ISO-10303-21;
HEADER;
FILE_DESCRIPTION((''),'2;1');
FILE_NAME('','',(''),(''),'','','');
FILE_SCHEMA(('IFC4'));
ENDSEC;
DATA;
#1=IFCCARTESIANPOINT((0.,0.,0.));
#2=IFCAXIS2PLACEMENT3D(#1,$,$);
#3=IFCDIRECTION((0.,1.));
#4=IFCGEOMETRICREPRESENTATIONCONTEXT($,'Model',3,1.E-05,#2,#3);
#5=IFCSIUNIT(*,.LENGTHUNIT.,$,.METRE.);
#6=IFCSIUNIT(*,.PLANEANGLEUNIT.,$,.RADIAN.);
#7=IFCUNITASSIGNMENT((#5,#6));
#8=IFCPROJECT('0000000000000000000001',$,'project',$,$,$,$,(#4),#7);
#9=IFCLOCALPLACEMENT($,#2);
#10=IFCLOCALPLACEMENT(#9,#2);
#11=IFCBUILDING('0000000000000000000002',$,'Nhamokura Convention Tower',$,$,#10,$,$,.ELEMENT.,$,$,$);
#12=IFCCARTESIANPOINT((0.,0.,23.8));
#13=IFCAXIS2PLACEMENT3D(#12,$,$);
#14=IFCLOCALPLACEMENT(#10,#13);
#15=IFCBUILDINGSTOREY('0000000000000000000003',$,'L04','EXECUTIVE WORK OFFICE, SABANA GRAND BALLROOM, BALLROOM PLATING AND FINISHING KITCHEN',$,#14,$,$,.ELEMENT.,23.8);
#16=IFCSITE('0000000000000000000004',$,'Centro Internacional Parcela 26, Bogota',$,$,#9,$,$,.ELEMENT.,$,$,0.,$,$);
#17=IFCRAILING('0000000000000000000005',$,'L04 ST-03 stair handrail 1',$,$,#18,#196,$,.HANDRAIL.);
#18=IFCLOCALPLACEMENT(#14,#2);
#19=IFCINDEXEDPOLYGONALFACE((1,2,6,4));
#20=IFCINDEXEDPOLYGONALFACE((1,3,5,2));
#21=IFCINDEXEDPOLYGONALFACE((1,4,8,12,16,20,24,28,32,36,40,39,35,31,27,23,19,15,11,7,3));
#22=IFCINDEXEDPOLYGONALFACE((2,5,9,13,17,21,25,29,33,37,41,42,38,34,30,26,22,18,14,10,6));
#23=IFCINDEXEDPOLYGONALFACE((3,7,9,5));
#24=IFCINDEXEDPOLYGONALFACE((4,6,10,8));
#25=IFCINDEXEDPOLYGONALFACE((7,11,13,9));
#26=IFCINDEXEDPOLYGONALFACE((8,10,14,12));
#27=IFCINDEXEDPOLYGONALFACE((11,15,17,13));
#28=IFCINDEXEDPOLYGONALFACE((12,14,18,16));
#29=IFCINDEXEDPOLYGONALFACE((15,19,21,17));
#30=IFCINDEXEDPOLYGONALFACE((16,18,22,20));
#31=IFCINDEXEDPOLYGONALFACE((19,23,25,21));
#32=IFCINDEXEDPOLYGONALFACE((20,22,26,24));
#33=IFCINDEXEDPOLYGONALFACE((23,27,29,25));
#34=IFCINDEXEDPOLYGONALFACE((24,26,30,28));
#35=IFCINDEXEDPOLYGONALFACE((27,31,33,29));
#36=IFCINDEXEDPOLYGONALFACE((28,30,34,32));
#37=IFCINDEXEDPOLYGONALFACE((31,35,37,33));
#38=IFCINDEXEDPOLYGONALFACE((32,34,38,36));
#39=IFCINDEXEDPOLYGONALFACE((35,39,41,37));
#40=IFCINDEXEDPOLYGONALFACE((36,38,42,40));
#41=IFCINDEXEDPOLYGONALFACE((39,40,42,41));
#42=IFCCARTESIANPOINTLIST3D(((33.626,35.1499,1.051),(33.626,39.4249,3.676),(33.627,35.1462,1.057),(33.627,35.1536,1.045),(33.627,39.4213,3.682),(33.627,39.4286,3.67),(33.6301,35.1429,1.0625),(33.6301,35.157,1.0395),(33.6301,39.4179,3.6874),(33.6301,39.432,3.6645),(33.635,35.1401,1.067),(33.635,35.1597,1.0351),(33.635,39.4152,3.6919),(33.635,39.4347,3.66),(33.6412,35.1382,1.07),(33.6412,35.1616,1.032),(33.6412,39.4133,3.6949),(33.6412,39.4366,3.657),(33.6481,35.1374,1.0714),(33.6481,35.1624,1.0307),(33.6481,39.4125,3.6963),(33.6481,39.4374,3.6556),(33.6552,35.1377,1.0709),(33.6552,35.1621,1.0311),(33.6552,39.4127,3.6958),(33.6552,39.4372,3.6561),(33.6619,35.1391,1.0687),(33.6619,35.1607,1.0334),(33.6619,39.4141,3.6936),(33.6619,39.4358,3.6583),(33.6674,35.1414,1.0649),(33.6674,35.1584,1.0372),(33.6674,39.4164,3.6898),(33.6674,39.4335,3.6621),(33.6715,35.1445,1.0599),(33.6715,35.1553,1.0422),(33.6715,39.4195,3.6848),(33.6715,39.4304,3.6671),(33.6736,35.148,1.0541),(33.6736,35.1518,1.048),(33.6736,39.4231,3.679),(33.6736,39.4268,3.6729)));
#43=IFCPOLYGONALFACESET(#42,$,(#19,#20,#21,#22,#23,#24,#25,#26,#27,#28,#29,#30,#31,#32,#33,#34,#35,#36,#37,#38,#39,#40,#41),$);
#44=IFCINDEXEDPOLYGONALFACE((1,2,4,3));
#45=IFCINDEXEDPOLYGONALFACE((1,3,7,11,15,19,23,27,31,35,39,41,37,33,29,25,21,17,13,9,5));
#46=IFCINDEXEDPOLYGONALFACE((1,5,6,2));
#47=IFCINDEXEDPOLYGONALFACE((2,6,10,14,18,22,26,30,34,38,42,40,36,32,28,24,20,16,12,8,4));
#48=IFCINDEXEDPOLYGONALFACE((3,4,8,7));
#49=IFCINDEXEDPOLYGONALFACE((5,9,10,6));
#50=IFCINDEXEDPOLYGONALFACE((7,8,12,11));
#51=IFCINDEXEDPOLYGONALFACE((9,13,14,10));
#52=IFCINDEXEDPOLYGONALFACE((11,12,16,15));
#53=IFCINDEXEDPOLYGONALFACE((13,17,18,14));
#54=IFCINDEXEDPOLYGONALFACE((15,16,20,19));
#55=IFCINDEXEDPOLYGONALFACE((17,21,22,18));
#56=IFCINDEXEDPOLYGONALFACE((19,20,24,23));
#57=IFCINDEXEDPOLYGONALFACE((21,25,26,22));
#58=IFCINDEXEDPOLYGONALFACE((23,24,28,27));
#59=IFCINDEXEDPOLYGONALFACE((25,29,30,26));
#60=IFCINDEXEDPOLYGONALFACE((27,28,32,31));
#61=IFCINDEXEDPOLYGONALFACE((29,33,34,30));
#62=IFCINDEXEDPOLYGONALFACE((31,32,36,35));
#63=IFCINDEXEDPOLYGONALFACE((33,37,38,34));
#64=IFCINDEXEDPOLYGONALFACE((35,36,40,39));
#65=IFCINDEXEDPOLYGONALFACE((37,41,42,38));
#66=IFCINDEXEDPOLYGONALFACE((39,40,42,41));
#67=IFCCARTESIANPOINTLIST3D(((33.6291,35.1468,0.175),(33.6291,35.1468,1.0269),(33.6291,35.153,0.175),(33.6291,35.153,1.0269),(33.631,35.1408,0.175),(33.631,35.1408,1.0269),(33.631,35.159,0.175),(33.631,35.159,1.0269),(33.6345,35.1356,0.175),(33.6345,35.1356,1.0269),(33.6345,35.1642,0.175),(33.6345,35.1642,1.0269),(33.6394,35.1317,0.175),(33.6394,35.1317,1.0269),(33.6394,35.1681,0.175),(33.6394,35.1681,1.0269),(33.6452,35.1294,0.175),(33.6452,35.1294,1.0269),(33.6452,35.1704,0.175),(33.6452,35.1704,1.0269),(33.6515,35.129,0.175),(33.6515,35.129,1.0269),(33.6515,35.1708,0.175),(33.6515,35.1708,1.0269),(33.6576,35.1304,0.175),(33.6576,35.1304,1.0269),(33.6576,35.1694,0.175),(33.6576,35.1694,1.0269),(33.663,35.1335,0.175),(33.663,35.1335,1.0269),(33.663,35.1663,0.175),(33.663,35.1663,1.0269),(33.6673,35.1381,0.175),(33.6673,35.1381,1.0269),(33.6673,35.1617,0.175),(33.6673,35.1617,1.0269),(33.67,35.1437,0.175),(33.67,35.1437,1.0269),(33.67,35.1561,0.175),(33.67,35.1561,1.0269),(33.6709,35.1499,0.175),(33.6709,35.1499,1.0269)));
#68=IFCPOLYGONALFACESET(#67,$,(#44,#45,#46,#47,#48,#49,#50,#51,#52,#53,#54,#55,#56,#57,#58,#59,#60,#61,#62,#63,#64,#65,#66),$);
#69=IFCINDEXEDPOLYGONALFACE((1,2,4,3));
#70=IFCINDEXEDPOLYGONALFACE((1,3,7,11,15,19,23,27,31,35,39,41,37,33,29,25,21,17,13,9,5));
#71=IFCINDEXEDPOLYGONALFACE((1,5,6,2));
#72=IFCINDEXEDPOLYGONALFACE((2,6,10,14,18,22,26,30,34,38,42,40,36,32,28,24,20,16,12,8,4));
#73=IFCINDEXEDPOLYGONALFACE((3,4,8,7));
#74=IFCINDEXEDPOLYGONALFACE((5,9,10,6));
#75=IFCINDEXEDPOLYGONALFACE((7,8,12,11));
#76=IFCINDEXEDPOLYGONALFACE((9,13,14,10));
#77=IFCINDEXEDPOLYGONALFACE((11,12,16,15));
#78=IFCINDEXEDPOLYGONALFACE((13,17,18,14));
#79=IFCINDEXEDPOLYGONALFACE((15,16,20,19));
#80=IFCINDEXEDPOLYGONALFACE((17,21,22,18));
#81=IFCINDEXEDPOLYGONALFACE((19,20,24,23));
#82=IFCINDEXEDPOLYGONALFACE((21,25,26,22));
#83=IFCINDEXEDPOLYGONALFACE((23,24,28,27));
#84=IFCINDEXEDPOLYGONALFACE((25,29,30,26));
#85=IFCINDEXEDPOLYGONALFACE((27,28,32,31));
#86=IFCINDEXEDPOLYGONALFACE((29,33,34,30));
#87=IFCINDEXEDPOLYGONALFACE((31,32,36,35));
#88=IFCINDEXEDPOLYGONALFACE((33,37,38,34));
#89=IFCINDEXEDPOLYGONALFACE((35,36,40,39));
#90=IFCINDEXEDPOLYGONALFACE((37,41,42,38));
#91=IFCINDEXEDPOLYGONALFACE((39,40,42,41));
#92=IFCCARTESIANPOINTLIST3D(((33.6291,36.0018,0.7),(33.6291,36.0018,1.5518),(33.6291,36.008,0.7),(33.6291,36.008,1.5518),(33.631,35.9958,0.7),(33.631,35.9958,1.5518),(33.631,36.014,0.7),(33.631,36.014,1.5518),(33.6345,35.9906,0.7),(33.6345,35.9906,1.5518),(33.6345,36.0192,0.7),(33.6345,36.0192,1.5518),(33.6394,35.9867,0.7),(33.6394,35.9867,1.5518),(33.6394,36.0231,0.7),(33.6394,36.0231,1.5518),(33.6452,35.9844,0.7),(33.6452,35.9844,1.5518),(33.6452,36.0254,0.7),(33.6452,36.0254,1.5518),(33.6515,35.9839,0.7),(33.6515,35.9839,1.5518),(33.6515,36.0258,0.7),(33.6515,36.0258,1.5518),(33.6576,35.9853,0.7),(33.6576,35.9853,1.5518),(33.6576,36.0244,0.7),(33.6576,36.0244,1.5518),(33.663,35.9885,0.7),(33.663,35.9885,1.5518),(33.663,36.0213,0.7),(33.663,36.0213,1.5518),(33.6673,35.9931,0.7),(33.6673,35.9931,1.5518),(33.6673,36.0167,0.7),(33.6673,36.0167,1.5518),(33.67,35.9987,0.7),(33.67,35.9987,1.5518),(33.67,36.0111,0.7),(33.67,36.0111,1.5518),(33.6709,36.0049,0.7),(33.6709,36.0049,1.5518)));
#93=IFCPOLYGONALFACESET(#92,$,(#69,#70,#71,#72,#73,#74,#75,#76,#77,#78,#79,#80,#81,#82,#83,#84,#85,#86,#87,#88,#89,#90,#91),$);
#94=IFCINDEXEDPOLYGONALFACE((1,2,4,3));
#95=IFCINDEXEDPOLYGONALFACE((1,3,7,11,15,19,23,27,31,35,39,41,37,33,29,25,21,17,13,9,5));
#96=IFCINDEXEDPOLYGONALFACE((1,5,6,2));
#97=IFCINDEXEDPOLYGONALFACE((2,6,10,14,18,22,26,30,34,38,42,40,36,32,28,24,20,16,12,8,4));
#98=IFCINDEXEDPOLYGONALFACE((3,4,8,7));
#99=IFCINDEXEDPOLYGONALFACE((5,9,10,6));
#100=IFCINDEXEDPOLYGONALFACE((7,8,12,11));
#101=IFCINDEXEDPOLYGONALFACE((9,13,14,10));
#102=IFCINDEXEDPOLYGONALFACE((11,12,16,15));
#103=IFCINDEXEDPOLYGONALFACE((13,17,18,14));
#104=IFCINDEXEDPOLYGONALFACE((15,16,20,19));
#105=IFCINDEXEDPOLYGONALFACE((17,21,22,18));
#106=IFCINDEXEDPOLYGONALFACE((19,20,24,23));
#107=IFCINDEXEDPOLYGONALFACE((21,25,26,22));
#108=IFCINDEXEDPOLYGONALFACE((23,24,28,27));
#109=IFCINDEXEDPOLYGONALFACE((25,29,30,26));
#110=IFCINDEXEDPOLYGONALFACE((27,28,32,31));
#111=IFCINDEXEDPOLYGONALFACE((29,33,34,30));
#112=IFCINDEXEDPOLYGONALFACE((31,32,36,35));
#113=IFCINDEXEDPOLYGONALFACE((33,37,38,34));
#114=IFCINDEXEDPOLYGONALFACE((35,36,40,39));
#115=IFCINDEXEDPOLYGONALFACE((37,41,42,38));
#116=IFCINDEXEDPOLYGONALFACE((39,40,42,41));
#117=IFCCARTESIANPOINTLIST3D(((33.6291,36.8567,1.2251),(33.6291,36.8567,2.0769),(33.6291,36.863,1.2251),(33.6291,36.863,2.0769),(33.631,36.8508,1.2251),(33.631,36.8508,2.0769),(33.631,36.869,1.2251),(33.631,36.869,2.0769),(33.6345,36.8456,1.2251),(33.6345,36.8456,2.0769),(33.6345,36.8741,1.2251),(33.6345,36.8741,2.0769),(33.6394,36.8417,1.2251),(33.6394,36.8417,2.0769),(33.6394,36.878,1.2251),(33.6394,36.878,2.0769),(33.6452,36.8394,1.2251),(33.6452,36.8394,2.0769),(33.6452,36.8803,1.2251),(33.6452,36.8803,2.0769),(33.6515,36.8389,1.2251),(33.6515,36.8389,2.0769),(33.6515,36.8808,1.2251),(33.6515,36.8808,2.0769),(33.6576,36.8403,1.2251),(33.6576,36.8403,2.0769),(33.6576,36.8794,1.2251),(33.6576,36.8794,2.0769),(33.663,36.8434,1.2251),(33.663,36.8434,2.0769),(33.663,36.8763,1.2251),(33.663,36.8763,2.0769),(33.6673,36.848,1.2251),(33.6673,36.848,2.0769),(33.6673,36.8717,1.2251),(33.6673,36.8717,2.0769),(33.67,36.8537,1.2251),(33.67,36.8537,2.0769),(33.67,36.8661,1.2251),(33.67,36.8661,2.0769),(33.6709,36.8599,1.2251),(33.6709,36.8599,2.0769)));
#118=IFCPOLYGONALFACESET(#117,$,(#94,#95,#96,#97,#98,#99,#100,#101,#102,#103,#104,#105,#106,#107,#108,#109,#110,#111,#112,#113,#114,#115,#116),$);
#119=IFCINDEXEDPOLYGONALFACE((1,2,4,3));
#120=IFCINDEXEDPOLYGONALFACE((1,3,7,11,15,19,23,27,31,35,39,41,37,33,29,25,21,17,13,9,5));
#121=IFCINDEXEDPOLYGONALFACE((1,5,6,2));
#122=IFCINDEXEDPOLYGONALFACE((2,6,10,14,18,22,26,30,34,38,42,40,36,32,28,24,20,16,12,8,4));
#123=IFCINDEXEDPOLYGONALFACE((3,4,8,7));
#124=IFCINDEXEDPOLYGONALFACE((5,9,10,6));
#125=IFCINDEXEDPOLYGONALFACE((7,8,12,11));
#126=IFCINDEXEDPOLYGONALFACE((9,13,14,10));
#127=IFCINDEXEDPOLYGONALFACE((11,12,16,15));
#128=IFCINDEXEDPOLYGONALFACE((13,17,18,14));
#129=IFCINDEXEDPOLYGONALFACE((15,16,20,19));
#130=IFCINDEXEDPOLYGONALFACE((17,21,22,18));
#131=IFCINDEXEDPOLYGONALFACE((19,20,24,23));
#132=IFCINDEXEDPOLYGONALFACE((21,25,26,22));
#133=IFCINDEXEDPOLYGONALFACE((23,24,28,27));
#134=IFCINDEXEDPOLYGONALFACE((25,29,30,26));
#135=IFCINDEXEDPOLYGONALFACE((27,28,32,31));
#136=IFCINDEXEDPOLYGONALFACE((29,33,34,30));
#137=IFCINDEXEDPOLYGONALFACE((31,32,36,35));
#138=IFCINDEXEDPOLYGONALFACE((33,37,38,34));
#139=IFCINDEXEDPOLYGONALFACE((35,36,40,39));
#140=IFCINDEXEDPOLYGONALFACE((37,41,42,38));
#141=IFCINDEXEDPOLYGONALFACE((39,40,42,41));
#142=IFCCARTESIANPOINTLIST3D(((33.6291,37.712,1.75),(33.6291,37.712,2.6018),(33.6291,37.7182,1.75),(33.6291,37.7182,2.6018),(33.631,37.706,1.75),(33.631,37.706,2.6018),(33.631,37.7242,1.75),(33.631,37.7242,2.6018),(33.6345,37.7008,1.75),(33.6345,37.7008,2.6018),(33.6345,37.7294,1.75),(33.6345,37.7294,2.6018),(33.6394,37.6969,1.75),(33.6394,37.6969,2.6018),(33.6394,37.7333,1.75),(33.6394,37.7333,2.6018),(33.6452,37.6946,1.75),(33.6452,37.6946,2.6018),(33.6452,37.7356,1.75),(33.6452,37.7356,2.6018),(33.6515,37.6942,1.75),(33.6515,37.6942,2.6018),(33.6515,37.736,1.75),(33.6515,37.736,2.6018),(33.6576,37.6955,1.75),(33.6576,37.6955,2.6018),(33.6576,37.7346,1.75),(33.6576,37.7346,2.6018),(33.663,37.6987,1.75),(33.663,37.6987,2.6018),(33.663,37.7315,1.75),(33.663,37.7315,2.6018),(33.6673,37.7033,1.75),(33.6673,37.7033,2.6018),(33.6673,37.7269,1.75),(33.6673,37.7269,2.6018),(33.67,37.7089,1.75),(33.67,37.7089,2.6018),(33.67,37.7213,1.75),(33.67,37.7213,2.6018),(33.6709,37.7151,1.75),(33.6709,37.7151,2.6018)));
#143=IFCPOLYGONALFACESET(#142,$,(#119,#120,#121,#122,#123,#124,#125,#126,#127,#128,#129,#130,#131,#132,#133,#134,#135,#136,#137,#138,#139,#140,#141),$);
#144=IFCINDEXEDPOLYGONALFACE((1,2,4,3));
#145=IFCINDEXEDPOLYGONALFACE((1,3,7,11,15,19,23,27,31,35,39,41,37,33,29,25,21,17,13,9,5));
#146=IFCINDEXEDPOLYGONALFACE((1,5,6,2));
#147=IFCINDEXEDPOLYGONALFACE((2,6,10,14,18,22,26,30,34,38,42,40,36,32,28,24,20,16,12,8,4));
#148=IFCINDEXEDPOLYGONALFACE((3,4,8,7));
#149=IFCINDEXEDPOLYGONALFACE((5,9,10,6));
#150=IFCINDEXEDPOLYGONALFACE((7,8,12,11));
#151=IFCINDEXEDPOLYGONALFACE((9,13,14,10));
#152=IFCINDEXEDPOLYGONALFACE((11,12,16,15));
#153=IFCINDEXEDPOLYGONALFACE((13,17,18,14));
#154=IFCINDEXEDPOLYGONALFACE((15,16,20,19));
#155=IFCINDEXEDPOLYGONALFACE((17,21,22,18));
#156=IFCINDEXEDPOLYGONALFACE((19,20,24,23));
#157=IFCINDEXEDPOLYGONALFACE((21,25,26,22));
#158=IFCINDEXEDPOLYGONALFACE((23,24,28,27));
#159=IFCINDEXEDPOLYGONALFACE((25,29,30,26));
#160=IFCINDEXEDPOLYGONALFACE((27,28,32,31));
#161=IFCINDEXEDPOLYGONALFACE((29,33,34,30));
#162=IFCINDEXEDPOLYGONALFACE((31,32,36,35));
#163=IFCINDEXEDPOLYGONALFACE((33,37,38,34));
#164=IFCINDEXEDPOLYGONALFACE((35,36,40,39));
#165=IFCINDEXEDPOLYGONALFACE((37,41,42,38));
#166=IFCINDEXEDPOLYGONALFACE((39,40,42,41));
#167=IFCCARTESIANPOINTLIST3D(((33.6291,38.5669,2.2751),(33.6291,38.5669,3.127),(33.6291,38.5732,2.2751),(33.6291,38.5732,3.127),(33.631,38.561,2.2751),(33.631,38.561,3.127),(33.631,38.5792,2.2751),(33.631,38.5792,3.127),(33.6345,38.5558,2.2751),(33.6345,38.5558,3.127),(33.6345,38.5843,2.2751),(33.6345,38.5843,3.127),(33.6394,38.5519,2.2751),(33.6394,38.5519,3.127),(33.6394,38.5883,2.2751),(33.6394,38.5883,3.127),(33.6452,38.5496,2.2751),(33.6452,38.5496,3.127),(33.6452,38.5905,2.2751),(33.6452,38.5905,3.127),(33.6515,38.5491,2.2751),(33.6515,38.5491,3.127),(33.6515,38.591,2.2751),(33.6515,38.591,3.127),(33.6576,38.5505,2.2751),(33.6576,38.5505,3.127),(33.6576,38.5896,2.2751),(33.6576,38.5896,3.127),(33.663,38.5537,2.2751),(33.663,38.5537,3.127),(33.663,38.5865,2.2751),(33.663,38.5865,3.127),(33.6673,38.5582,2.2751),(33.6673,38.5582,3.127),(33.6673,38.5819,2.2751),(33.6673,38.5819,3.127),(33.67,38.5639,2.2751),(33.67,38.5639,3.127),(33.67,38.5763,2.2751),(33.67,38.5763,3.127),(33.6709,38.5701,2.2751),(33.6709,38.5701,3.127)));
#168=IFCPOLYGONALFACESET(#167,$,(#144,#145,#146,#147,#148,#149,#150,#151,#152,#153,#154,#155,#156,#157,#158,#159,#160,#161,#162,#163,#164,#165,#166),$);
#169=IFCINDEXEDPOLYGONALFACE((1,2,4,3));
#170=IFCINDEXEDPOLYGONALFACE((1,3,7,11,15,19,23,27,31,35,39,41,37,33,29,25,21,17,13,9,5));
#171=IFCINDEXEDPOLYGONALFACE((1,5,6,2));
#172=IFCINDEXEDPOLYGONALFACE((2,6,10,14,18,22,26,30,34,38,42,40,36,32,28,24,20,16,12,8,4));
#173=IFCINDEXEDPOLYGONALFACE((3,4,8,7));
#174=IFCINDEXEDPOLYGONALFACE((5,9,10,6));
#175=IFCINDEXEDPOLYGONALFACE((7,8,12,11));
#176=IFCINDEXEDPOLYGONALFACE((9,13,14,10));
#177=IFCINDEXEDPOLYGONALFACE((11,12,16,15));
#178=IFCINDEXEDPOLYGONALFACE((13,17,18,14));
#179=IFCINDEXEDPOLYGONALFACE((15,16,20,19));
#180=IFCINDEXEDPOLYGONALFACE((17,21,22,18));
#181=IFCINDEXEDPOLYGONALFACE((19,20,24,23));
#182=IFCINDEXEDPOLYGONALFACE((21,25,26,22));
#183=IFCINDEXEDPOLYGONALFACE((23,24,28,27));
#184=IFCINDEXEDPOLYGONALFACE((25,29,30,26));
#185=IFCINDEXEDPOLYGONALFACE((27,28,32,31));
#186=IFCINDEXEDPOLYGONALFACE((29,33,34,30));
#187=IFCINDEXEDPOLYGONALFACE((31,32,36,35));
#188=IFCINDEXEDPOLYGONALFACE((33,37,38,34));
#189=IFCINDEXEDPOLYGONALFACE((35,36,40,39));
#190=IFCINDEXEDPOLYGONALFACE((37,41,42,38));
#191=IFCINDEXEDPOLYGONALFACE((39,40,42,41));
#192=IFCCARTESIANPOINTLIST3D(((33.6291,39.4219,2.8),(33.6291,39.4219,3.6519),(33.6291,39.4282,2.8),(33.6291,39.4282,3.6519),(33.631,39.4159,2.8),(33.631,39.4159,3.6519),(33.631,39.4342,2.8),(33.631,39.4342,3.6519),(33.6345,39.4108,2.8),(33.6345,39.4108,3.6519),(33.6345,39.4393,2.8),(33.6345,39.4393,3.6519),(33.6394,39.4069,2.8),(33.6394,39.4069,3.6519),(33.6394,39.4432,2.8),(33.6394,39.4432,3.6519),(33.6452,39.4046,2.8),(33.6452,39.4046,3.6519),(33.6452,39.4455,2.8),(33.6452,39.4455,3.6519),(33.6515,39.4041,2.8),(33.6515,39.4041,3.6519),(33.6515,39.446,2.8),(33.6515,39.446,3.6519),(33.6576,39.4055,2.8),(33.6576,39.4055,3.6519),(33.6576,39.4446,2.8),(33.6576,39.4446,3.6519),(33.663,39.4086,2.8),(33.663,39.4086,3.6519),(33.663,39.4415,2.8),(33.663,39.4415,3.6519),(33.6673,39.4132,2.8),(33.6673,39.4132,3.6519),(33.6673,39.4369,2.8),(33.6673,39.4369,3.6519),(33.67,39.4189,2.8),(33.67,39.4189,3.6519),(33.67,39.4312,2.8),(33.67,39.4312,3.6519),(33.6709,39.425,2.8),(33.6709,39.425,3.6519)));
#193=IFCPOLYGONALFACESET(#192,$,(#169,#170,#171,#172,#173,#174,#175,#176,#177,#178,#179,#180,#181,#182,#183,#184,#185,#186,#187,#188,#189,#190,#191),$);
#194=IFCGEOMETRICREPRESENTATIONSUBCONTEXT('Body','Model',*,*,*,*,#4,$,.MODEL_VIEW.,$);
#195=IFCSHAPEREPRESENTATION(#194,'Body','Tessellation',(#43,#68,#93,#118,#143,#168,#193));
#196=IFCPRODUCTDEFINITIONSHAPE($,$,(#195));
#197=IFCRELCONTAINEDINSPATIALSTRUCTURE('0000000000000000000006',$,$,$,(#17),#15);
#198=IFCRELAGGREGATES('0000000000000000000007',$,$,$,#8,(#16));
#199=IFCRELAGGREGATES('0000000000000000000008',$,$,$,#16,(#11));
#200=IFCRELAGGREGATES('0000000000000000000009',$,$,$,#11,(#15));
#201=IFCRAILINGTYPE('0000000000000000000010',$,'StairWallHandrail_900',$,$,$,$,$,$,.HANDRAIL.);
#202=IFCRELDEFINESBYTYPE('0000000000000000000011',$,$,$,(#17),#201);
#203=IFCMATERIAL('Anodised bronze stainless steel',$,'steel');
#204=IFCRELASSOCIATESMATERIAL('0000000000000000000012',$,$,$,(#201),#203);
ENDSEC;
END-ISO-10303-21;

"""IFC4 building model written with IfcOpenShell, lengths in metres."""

from ifc_helpers import new_model, si_unit, direction, frame, origin, origin_2d, place, context, subcontext, project, spatial, circle, extrude, material, type_object, element, save


model = new_model("IFC4")

# Units and contexts
model_context = context("Model", 3, precision=1e-05, world=origin(), true_north=direction((0.0, 1.0)))
body_context = subcontext(model_context, "Body", "Model", "MODEL_VIEW")
ifc_project = project(units=[si_unit("LENGTHUNIT", "METRE"), si_unit("PLANEANGLEUNIT", "RADIAN")], contexts=[model_context])

# Site, building, storey
site_placement = place(None, origin())
site = spatial("IfcSite", under=ifc_project, at=site_placement, Name="Centro Internacional Parcela 26, Bogota", CompositionType="ELEMENT", RefElevation=0.0)
building_placement = place(site_placement, origin())
building = spatial("IfcBuilding", under=site, at=building_placement, Name="Nhamokura Convention Tower", CompositionType="ELEMENT")
storey_placement = place(building_placement, frame((0.0, 0.0, 23.8)))
storey = spatial("IfcBuildingStorey", under=building, at=storey_placement, Name="L04", Description="EXECUTIVE WORK OFFICE, SABANA GRAND BALLROOM, BALLROOM PLATING AND FINISHING KITCHEN", CompositionType="ELEMENT", Elevation=23.8)

# Railing
ifc_material_1 = material(Name="Anodised bronze stainless steel", Category="steel")
railing_type_1 = type_object("IfcRailingType", Name="StairWallHandrail_900", PredefinedType="HANDRAIL", material=ifc_material_1)
railing_1_placement = place(storey_placement, frame((33.6499, 35.1499, 0.175)))
element("IfcRailing", 1, at=railing_1_placement, inside=storey, type_object=railing_type_1, Name="L04 ST-03 stair handrail 1", PredefinedType="HANDRAIL", context=body_context, shape_type="SweptSolid", body=[
    extrude(circle(Radius=0.0239, at=origin_2d()), frame((0.0, 0.0, 0.876), z_axis=(0.0, 0.852179, 0.52325), x_axis=(-1.0, 0.0, 0.0)), (0.0, 0.0, 1.0), 5.0166),
    extrude(circle(Radius=0.021, at=origin_2d()), origin(), (0.0, 0.0, 1.0), 0.8518),
    extrude(circle(Radius=0.021, at=origin_2d()), frame((0.0, 0.855, 0.5249)), (0.0, 0.0, 1.0), 0.8518),
    extrude(circle(Radius=0.021, at=origin_2d()), frame((0.0, 1.71, 1.05)), (0.0, 0.0, 1.0), 0.8518),
    extrude(circle(Radius=0.021, at=origin_2d()), frame((0.0, 2.5652, 1.575)), (0.0, 0.0, 1.0), 0.8518),
    extrude(circle(Radius=0.021, at=origin_2d()), frame((0.0, 3.4202, 2.1001)), (0.0, 0.0, 1.0), 0.8518),
    extrude(circle(Radius=0.021, at=origin_2d()), frame((0.0, 4.2751, 2.625)), (0.0, 0.0, 1.0), 0.8518),
])

save(model, "model.ifc")
